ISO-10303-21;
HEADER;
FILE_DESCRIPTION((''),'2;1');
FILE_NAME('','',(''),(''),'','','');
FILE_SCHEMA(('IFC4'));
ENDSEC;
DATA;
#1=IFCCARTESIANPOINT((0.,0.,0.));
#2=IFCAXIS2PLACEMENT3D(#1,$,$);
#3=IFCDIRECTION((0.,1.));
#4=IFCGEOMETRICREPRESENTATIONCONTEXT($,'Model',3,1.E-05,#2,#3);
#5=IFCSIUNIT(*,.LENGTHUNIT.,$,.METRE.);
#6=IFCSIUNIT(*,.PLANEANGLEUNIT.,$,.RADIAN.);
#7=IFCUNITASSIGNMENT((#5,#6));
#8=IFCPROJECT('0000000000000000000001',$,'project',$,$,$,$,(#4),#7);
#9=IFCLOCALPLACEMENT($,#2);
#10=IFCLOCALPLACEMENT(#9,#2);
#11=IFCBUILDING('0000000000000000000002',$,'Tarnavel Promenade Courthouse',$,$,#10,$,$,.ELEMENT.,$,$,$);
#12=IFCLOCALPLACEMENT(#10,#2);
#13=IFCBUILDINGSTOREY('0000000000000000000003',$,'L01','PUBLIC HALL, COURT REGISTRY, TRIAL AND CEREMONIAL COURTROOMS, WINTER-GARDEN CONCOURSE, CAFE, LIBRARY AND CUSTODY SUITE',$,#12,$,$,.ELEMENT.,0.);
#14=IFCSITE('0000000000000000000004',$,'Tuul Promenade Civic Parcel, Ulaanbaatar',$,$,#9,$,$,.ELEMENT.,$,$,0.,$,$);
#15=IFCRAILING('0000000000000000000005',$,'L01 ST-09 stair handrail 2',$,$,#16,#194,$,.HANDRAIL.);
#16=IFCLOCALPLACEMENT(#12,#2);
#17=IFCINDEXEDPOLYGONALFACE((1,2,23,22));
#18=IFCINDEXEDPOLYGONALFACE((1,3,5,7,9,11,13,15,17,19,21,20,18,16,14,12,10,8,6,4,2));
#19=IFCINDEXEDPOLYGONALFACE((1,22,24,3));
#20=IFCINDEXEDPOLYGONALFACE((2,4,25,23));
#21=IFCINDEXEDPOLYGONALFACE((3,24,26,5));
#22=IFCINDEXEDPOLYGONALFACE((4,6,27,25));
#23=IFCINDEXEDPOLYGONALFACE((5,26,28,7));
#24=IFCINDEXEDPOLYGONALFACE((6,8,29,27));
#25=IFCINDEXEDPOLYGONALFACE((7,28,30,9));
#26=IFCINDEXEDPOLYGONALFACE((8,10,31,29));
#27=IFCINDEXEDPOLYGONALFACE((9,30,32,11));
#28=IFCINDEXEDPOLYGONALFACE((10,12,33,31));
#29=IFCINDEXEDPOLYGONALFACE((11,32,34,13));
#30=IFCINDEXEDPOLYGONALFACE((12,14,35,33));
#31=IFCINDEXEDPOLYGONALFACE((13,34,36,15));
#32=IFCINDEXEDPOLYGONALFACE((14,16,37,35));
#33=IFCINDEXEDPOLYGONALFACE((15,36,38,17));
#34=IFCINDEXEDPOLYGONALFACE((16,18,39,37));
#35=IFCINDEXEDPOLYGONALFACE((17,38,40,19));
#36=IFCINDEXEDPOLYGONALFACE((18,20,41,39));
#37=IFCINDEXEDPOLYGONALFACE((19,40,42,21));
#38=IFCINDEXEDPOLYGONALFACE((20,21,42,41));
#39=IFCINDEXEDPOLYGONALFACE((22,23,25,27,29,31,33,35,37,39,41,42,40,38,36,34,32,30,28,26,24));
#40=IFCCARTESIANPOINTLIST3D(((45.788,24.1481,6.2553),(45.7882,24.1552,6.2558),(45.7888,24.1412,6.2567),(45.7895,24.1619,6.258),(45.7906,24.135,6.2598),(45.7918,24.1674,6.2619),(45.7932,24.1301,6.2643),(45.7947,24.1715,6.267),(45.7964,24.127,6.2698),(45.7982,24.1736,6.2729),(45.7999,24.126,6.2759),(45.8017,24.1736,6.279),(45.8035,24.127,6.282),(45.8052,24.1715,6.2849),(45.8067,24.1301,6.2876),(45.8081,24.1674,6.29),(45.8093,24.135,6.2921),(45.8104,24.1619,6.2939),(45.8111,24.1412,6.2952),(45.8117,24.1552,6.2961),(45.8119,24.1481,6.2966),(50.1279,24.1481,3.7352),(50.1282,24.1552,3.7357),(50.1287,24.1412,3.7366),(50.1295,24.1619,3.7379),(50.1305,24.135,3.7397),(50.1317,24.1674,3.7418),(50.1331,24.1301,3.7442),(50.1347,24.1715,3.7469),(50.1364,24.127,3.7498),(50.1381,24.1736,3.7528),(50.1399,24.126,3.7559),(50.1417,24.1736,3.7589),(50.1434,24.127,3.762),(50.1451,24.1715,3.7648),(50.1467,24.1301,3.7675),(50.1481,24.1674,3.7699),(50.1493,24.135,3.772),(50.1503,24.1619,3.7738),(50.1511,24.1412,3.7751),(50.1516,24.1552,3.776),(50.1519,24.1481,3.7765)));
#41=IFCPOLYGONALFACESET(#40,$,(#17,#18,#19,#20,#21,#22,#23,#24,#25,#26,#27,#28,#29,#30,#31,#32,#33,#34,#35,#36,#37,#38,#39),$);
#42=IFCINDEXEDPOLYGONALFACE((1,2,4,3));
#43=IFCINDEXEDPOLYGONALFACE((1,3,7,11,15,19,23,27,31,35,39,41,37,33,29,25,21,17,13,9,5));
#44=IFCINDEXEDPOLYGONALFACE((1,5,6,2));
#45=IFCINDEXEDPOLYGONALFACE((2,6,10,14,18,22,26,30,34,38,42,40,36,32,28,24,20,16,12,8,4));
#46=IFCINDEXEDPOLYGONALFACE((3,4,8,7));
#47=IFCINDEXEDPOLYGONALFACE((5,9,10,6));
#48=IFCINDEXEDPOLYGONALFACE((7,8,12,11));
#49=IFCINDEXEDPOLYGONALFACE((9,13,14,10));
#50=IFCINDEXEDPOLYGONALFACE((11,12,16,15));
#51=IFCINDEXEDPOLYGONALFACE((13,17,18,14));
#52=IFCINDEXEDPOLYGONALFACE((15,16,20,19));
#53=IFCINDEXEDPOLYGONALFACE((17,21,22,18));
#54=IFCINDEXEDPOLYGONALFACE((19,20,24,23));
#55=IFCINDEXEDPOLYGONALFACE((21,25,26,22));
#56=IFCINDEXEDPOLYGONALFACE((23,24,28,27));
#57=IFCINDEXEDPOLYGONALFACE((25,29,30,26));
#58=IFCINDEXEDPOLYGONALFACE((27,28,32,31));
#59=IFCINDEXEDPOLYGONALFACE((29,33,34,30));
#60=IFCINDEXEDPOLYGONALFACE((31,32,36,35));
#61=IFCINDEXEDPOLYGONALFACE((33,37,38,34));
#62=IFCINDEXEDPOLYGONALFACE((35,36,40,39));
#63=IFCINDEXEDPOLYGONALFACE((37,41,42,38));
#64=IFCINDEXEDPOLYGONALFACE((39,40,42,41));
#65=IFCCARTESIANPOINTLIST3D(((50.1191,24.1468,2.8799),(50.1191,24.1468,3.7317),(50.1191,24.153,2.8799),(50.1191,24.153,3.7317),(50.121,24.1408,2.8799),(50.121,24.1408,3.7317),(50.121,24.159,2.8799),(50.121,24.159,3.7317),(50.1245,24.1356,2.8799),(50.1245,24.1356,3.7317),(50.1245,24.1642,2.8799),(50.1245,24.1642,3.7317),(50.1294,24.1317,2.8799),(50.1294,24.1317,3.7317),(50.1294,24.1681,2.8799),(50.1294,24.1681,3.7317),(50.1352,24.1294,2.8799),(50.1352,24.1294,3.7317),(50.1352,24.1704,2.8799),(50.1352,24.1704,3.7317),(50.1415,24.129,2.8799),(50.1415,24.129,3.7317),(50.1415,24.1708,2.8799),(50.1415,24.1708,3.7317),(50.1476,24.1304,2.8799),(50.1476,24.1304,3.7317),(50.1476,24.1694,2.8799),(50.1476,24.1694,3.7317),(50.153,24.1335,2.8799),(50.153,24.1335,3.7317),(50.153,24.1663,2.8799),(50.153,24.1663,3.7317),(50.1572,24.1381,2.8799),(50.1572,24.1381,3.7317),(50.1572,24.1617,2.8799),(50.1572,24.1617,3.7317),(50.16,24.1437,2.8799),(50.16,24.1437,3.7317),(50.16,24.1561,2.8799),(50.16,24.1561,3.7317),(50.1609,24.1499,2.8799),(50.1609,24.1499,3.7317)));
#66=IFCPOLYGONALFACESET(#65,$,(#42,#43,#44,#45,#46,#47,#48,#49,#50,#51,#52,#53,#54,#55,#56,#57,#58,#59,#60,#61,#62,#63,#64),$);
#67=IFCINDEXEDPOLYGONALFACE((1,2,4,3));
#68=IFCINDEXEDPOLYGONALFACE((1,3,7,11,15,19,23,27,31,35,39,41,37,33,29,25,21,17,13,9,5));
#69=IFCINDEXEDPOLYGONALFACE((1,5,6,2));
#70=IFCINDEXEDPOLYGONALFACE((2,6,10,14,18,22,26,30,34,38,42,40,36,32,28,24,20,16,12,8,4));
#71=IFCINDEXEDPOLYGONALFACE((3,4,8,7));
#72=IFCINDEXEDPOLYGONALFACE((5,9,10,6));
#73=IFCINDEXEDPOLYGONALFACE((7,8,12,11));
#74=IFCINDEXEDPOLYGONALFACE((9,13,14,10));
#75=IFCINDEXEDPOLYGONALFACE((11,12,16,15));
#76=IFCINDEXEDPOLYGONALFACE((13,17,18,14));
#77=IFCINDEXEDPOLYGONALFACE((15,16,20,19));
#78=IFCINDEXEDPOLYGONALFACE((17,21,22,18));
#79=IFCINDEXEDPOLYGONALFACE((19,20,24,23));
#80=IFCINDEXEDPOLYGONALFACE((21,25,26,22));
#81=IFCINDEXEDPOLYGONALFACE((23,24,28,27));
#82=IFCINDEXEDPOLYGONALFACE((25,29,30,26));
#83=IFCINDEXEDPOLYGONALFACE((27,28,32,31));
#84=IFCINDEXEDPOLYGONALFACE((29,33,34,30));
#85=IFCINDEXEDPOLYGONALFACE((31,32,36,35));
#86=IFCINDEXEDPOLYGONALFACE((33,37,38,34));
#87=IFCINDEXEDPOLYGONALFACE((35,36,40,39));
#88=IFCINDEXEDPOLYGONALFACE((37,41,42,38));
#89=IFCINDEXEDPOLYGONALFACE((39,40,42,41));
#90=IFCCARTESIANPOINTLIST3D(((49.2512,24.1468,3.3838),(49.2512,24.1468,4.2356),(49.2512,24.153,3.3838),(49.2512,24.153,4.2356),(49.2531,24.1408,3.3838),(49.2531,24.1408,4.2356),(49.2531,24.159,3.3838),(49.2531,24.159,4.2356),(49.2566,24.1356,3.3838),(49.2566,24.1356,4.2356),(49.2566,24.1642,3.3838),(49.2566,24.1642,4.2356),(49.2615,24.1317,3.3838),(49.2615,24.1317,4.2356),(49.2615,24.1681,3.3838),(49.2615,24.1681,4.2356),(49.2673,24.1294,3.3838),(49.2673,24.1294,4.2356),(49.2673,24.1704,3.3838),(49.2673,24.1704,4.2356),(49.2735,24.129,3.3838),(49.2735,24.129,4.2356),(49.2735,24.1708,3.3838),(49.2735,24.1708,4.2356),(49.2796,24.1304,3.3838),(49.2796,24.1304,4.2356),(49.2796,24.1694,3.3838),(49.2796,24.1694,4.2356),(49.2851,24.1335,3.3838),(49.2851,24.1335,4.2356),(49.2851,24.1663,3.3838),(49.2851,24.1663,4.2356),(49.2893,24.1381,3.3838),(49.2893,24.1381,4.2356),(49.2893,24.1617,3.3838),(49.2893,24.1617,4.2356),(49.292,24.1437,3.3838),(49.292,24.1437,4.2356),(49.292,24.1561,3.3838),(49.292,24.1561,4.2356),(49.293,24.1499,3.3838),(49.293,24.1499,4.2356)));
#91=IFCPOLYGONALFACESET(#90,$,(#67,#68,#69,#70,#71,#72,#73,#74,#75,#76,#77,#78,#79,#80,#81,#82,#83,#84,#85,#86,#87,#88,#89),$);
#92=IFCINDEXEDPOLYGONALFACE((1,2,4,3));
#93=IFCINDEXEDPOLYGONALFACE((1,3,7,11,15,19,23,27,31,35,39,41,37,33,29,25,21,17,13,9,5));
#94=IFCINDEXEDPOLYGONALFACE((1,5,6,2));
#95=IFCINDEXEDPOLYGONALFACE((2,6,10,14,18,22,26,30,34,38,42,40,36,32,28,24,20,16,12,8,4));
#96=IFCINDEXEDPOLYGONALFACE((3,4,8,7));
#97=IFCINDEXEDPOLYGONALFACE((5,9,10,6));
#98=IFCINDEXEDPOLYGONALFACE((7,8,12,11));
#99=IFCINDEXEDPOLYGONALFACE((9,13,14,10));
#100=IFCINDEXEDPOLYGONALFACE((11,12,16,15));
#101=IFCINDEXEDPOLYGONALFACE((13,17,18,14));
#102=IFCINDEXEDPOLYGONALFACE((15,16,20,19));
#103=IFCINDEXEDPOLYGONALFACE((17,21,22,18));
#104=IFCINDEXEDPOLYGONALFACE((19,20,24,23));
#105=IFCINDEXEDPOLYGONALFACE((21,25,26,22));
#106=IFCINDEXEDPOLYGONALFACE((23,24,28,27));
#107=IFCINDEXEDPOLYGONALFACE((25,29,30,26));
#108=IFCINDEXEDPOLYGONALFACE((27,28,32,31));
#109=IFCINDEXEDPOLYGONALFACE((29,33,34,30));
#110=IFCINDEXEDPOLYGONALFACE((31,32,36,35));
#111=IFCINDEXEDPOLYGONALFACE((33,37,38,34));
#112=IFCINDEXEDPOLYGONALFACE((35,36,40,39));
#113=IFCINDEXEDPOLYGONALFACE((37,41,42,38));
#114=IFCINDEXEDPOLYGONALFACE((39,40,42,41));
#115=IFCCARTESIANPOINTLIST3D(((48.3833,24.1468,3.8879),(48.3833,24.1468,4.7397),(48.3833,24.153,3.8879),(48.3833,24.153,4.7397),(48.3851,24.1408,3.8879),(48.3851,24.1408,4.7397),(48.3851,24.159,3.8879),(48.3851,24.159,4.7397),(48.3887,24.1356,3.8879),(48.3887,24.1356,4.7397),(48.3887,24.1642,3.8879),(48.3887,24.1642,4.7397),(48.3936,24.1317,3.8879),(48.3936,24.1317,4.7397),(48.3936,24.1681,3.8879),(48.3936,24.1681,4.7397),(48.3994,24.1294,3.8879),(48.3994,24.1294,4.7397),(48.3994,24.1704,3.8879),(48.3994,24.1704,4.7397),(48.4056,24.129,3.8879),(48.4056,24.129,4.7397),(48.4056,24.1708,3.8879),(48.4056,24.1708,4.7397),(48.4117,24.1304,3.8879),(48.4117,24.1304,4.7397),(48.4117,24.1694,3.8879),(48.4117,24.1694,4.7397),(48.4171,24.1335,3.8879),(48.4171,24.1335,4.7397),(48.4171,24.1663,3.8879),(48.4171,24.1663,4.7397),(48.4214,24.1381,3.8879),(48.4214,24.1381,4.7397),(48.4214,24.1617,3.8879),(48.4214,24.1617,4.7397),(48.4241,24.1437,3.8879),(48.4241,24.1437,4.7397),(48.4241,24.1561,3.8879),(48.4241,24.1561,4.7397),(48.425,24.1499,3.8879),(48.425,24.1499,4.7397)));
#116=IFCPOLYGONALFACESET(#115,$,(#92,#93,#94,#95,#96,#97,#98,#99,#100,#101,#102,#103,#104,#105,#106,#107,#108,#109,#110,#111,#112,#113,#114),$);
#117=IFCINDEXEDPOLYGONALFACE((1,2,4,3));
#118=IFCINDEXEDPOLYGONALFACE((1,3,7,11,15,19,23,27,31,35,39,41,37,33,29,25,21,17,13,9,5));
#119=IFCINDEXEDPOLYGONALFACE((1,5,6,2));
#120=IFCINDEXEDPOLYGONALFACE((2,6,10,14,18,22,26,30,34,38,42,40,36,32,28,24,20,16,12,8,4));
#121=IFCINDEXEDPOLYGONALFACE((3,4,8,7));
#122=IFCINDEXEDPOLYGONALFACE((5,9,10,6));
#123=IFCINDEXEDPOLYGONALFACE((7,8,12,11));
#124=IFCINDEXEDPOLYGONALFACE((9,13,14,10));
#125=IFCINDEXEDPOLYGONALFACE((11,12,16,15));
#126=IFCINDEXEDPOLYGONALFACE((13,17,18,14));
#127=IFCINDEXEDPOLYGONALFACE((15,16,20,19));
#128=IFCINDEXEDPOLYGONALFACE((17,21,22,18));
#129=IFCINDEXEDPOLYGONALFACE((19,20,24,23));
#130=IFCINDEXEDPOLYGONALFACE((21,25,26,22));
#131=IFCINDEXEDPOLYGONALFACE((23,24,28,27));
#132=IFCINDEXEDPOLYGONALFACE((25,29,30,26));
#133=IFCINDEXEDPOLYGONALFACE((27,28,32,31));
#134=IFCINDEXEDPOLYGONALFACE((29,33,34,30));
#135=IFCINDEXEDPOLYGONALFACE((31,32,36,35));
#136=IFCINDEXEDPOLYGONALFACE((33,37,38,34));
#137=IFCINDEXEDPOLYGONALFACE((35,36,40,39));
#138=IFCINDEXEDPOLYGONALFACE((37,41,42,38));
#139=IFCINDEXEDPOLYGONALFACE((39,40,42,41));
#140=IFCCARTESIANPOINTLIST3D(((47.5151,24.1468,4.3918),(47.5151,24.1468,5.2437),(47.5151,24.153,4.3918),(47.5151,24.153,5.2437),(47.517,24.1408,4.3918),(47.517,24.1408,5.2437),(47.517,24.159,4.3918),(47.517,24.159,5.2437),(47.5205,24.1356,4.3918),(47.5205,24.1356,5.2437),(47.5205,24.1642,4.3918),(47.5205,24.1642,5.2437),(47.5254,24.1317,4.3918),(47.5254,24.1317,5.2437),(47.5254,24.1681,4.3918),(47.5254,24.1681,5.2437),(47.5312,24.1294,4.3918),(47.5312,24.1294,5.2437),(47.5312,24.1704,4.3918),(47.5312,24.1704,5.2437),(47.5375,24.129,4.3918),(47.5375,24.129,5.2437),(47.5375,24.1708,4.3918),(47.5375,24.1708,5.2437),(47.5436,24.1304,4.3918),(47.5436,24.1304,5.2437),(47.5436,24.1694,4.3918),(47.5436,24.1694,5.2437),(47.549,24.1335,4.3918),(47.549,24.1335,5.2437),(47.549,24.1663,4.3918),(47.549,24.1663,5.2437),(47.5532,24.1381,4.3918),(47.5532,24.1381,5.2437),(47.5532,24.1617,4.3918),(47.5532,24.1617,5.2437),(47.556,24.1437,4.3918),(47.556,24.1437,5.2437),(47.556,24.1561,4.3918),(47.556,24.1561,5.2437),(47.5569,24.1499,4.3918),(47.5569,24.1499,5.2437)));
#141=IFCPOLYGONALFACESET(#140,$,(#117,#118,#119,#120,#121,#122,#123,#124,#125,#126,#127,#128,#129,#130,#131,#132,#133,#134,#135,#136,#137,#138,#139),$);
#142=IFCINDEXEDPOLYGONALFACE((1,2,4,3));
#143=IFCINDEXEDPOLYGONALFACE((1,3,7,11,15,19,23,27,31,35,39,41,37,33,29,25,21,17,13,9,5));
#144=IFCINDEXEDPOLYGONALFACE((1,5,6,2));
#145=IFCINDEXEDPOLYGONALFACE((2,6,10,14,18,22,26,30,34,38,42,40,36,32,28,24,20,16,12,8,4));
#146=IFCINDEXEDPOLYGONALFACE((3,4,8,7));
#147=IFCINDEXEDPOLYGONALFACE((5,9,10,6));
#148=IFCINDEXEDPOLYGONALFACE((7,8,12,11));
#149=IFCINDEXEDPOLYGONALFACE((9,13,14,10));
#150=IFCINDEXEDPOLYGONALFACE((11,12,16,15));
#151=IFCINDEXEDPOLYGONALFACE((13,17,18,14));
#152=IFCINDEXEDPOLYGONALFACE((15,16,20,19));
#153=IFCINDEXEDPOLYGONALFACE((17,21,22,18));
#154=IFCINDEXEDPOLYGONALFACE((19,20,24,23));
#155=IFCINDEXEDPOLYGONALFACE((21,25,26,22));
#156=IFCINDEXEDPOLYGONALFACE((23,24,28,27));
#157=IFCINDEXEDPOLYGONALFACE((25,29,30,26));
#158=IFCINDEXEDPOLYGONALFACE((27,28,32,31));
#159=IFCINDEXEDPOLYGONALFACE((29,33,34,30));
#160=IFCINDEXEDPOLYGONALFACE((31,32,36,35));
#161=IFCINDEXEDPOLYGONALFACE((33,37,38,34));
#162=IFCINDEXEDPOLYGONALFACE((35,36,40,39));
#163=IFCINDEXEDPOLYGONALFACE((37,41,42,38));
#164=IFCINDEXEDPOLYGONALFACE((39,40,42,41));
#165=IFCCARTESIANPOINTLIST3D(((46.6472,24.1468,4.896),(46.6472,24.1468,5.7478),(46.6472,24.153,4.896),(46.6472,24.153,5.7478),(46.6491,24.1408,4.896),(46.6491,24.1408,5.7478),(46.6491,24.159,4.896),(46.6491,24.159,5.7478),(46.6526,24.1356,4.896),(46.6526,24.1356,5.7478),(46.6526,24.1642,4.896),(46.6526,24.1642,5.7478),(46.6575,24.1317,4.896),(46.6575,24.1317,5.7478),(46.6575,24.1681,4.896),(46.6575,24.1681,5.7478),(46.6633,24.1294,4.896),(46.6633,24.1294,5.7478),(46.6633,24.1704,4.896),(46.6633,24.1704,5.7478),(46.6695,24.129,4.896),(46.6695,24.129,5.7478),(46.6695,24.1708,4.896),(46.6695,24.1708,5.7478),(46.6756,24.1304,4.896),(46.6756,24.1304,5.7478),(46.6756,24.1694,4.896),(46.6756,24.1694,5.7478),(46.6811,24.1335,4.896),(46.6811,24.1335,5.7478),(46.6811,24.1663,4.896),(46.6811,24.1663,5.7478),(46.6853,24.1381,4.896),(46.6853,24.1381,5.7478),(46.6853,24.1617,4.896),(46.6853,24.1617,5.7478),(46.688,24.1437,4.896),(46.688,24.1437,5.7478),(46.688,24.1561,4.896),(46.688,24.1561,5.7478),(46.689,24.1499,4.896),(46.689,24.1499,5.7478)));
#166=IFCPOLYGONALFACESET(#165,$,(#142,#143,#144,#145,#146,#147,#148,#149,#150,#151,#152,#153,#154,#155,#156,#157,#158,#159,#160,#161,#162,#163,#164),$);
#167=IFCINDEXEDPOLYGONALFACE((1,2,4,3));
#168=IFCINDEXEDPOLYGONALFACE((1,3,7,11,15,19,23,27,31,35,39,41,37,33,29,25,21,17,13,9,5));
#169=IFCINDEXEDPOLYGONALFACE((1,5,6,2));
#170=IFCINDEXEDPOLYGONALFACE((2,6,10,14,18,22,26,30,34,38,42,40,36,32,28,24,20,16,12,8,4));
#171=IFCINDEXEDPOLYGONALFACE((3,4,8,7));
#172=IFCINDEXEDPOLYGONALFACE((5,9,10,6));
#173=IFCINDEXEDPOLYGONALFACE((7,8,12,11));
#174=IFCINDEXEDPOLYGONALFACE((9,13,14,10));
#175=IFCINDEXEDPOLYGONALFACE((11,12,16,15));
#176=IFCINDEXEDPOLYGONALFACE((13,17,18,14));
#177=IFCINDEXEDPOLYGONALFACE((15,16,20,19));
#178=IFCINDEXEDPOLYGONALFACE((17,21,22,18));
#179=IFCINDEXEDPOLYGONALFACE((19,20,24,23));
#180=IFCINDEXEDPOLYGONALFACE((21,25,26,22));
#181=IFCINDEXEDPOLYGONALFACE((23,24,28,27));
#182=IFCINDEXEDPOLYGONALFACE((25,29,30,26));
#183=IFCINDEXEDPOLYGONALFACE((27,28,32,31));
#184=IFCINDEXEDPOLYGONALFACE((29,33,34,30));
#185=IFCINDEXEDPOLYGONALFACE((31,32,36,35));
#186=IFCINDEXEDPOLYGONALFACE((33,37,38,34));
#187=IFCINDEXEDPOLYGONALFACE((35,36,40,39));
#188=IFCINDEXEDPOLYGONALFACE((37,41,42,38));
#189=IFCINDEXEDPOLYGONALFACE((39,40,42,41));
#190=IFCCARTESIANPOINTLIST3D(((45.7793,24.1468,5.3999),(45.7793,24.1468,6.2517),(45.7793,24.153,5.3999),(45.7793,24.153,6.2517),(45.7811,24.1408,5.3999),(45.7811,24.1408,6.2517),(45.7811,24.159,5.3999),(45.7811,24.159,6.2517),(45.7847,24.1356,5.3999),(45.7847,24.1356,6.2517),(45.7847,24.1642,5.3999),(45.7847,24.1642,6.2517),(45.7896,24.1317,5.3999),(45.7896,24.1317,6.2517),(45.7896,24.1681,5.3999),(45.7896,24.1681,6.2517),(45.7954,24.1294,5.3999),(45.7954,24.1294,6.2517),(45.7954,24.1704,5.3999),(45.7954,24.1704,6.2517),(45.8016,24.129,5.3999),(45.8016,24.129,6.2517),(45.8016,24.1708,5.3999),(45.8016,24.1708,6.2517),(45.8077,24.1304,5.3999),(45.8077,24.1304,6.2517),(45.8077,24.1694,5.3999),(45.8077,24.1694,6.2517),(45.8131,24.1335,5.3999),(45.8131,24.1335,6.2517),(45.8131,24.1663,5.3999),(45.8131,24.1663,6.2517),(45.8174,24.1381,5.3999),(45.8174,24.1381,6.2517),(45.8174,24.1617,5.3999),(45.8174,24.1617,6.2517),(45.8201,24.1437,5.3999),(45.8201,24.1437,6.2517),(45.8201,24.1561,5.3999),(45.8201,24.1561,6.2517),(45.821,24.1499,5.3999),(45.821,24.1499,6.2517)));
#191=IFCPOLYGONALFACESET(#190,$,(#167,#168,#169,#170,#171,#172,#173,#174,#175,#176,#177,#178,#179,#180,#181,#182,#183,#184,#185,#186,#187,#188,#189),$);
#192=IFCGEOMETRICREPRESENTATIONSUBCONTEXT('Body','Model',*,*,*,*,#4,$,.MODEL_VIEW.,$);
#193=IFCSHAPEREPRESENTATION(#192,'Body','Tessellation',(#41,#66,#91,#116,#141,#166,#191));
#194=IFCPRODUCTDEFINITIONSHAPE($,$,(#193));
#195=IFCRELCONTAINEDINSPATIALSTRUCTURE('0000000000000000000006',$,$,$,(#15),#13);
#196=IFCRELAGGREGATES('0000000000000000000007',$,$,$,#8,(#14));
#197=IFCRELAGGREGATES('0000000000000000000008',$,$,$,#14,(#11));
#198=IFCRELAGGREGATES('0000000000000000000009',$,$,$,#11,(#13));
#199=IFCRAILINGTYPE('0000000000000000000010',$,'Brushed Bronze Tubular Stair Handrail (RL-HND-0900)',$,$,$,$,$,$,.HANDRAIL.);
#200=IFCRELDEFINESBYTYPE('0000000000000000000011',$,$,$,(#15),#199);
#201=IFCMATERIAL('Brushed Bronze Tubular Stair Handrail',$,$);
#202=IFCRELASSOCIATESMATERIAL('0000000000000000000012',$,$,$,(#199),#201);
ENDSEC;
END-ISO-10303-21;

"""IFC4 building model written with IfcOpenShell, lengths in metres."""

from ifc_helpers import new_model, si_unit, direction, frame, origin, origin_2d, place, context, subcontext, project, spatial, circle, extrude, material, type_object, element, save


model = new_model("IFC4")

# Units and contexts
model_context = context("Model", 3, precision=1e-05, world=origin(), true_north=direction((0.0, 1.0)))
body_context = subcontext(model_context, "Body", "Model", "MODEL_VIEW")
ifc_project = project(units=[si_unit("LENGTHUNIT", "METRE"), si_unit("PLANEANGLEUNIT", "RADIAN")], contexts=[model_context])

# Site, building, storey
site_placement = place(None, origin())
site = spatial("IfcSite", under=ifc_project, at=site_placement, Name="Tuul Promenade Civic Parcel, Ulaanbaatar", CompositionType="ELEMENT", RefElevation=0.0)
building_placement = place(site_placement, origin())
building = spatial("IfcBuilding", under=site, at=building_placement, Name="Tarnavel Promenade Courthouse", CompositionType="ELEMENT")
storey_placement = place(building_placement, origin())
storey = spatial("IfcBuildingStorey", under=building, at=storey_placement, Name="L01", Description="PUBLIC HALL, COURT REGISTRY, TRIAL AND CEREMONIAL COURTROOMS, WINTER-GARDEN CONCOURSE, CAFE, LIBRARY AND CUSTODY SUITE", CompositionType="ELEMENT", Elevation=0.0)

# Railing
ifc_material_1 = material(Name="Brushed Bronze Tubular Stair Handrail")
railing_type_1 = type_object("IfcRailingType", Name="Brushed Bronze Tubular Stair Handrail (RL-HND-0900)", PredefinedType="HANDRAIL", material=ifc_material_1)
railing_1_placement = place(storey_placement, frame((50.1399, 24.1499, 2.8799)))
element("IfcRailing", 1, at=railing_1_placement, inside=storey, type_object=railing_type_1, Name="L01 ST-09 stair handrail 2", PredefinedType="HANDRAIL", context=body_context, shape_type="SweptSolid", body=[
    extrude(circle(Radius=0.0239, at=origin_2d()), frame((0.0, 0.0, 0.876), z_axis=(-0.864779, 0.0, 0.502152), x_axis=(0.0, -1.0, 0.0)), (0.0, 0.0, 1.0), 5.0186),
    extrude(circle(Radius=0.021, at=origin_2d()), origin(), (0.0, 0.0, 1.0), 0.8518),
    extrude(circle(Radius=0.021, at=origin_2d()), frame((-0.8679, 0.0, 0.5039)), (0.0, 0.0, 1.0), 0.8518),
    extrude(circle(Radius=0.021, at=origin_2d()), frame((-1.7358, 0.0, 1.0081)), (0.0, 0.0, 1.0), 0.8518),
    extrude(circle(Radius=0.021, at=origin_2d()), frame((-2.604, 0.0, 1.512)), (0.0, 0.0, 1.0), 0.8518),
    extrude(circle(Radius=0.021, at=origin_2d()), frame((-3.4719, 0.0, 2.0161)), (0.0, 0.0, 1.0), 0.8518),
    extrude(circle(Radius=0.021, at=origin_2d()), frame((-4.3398, 0.0, 2.52)), (0.0, 0.0, 1.0), 0.8518),
])

save(model, "model.ifc")
